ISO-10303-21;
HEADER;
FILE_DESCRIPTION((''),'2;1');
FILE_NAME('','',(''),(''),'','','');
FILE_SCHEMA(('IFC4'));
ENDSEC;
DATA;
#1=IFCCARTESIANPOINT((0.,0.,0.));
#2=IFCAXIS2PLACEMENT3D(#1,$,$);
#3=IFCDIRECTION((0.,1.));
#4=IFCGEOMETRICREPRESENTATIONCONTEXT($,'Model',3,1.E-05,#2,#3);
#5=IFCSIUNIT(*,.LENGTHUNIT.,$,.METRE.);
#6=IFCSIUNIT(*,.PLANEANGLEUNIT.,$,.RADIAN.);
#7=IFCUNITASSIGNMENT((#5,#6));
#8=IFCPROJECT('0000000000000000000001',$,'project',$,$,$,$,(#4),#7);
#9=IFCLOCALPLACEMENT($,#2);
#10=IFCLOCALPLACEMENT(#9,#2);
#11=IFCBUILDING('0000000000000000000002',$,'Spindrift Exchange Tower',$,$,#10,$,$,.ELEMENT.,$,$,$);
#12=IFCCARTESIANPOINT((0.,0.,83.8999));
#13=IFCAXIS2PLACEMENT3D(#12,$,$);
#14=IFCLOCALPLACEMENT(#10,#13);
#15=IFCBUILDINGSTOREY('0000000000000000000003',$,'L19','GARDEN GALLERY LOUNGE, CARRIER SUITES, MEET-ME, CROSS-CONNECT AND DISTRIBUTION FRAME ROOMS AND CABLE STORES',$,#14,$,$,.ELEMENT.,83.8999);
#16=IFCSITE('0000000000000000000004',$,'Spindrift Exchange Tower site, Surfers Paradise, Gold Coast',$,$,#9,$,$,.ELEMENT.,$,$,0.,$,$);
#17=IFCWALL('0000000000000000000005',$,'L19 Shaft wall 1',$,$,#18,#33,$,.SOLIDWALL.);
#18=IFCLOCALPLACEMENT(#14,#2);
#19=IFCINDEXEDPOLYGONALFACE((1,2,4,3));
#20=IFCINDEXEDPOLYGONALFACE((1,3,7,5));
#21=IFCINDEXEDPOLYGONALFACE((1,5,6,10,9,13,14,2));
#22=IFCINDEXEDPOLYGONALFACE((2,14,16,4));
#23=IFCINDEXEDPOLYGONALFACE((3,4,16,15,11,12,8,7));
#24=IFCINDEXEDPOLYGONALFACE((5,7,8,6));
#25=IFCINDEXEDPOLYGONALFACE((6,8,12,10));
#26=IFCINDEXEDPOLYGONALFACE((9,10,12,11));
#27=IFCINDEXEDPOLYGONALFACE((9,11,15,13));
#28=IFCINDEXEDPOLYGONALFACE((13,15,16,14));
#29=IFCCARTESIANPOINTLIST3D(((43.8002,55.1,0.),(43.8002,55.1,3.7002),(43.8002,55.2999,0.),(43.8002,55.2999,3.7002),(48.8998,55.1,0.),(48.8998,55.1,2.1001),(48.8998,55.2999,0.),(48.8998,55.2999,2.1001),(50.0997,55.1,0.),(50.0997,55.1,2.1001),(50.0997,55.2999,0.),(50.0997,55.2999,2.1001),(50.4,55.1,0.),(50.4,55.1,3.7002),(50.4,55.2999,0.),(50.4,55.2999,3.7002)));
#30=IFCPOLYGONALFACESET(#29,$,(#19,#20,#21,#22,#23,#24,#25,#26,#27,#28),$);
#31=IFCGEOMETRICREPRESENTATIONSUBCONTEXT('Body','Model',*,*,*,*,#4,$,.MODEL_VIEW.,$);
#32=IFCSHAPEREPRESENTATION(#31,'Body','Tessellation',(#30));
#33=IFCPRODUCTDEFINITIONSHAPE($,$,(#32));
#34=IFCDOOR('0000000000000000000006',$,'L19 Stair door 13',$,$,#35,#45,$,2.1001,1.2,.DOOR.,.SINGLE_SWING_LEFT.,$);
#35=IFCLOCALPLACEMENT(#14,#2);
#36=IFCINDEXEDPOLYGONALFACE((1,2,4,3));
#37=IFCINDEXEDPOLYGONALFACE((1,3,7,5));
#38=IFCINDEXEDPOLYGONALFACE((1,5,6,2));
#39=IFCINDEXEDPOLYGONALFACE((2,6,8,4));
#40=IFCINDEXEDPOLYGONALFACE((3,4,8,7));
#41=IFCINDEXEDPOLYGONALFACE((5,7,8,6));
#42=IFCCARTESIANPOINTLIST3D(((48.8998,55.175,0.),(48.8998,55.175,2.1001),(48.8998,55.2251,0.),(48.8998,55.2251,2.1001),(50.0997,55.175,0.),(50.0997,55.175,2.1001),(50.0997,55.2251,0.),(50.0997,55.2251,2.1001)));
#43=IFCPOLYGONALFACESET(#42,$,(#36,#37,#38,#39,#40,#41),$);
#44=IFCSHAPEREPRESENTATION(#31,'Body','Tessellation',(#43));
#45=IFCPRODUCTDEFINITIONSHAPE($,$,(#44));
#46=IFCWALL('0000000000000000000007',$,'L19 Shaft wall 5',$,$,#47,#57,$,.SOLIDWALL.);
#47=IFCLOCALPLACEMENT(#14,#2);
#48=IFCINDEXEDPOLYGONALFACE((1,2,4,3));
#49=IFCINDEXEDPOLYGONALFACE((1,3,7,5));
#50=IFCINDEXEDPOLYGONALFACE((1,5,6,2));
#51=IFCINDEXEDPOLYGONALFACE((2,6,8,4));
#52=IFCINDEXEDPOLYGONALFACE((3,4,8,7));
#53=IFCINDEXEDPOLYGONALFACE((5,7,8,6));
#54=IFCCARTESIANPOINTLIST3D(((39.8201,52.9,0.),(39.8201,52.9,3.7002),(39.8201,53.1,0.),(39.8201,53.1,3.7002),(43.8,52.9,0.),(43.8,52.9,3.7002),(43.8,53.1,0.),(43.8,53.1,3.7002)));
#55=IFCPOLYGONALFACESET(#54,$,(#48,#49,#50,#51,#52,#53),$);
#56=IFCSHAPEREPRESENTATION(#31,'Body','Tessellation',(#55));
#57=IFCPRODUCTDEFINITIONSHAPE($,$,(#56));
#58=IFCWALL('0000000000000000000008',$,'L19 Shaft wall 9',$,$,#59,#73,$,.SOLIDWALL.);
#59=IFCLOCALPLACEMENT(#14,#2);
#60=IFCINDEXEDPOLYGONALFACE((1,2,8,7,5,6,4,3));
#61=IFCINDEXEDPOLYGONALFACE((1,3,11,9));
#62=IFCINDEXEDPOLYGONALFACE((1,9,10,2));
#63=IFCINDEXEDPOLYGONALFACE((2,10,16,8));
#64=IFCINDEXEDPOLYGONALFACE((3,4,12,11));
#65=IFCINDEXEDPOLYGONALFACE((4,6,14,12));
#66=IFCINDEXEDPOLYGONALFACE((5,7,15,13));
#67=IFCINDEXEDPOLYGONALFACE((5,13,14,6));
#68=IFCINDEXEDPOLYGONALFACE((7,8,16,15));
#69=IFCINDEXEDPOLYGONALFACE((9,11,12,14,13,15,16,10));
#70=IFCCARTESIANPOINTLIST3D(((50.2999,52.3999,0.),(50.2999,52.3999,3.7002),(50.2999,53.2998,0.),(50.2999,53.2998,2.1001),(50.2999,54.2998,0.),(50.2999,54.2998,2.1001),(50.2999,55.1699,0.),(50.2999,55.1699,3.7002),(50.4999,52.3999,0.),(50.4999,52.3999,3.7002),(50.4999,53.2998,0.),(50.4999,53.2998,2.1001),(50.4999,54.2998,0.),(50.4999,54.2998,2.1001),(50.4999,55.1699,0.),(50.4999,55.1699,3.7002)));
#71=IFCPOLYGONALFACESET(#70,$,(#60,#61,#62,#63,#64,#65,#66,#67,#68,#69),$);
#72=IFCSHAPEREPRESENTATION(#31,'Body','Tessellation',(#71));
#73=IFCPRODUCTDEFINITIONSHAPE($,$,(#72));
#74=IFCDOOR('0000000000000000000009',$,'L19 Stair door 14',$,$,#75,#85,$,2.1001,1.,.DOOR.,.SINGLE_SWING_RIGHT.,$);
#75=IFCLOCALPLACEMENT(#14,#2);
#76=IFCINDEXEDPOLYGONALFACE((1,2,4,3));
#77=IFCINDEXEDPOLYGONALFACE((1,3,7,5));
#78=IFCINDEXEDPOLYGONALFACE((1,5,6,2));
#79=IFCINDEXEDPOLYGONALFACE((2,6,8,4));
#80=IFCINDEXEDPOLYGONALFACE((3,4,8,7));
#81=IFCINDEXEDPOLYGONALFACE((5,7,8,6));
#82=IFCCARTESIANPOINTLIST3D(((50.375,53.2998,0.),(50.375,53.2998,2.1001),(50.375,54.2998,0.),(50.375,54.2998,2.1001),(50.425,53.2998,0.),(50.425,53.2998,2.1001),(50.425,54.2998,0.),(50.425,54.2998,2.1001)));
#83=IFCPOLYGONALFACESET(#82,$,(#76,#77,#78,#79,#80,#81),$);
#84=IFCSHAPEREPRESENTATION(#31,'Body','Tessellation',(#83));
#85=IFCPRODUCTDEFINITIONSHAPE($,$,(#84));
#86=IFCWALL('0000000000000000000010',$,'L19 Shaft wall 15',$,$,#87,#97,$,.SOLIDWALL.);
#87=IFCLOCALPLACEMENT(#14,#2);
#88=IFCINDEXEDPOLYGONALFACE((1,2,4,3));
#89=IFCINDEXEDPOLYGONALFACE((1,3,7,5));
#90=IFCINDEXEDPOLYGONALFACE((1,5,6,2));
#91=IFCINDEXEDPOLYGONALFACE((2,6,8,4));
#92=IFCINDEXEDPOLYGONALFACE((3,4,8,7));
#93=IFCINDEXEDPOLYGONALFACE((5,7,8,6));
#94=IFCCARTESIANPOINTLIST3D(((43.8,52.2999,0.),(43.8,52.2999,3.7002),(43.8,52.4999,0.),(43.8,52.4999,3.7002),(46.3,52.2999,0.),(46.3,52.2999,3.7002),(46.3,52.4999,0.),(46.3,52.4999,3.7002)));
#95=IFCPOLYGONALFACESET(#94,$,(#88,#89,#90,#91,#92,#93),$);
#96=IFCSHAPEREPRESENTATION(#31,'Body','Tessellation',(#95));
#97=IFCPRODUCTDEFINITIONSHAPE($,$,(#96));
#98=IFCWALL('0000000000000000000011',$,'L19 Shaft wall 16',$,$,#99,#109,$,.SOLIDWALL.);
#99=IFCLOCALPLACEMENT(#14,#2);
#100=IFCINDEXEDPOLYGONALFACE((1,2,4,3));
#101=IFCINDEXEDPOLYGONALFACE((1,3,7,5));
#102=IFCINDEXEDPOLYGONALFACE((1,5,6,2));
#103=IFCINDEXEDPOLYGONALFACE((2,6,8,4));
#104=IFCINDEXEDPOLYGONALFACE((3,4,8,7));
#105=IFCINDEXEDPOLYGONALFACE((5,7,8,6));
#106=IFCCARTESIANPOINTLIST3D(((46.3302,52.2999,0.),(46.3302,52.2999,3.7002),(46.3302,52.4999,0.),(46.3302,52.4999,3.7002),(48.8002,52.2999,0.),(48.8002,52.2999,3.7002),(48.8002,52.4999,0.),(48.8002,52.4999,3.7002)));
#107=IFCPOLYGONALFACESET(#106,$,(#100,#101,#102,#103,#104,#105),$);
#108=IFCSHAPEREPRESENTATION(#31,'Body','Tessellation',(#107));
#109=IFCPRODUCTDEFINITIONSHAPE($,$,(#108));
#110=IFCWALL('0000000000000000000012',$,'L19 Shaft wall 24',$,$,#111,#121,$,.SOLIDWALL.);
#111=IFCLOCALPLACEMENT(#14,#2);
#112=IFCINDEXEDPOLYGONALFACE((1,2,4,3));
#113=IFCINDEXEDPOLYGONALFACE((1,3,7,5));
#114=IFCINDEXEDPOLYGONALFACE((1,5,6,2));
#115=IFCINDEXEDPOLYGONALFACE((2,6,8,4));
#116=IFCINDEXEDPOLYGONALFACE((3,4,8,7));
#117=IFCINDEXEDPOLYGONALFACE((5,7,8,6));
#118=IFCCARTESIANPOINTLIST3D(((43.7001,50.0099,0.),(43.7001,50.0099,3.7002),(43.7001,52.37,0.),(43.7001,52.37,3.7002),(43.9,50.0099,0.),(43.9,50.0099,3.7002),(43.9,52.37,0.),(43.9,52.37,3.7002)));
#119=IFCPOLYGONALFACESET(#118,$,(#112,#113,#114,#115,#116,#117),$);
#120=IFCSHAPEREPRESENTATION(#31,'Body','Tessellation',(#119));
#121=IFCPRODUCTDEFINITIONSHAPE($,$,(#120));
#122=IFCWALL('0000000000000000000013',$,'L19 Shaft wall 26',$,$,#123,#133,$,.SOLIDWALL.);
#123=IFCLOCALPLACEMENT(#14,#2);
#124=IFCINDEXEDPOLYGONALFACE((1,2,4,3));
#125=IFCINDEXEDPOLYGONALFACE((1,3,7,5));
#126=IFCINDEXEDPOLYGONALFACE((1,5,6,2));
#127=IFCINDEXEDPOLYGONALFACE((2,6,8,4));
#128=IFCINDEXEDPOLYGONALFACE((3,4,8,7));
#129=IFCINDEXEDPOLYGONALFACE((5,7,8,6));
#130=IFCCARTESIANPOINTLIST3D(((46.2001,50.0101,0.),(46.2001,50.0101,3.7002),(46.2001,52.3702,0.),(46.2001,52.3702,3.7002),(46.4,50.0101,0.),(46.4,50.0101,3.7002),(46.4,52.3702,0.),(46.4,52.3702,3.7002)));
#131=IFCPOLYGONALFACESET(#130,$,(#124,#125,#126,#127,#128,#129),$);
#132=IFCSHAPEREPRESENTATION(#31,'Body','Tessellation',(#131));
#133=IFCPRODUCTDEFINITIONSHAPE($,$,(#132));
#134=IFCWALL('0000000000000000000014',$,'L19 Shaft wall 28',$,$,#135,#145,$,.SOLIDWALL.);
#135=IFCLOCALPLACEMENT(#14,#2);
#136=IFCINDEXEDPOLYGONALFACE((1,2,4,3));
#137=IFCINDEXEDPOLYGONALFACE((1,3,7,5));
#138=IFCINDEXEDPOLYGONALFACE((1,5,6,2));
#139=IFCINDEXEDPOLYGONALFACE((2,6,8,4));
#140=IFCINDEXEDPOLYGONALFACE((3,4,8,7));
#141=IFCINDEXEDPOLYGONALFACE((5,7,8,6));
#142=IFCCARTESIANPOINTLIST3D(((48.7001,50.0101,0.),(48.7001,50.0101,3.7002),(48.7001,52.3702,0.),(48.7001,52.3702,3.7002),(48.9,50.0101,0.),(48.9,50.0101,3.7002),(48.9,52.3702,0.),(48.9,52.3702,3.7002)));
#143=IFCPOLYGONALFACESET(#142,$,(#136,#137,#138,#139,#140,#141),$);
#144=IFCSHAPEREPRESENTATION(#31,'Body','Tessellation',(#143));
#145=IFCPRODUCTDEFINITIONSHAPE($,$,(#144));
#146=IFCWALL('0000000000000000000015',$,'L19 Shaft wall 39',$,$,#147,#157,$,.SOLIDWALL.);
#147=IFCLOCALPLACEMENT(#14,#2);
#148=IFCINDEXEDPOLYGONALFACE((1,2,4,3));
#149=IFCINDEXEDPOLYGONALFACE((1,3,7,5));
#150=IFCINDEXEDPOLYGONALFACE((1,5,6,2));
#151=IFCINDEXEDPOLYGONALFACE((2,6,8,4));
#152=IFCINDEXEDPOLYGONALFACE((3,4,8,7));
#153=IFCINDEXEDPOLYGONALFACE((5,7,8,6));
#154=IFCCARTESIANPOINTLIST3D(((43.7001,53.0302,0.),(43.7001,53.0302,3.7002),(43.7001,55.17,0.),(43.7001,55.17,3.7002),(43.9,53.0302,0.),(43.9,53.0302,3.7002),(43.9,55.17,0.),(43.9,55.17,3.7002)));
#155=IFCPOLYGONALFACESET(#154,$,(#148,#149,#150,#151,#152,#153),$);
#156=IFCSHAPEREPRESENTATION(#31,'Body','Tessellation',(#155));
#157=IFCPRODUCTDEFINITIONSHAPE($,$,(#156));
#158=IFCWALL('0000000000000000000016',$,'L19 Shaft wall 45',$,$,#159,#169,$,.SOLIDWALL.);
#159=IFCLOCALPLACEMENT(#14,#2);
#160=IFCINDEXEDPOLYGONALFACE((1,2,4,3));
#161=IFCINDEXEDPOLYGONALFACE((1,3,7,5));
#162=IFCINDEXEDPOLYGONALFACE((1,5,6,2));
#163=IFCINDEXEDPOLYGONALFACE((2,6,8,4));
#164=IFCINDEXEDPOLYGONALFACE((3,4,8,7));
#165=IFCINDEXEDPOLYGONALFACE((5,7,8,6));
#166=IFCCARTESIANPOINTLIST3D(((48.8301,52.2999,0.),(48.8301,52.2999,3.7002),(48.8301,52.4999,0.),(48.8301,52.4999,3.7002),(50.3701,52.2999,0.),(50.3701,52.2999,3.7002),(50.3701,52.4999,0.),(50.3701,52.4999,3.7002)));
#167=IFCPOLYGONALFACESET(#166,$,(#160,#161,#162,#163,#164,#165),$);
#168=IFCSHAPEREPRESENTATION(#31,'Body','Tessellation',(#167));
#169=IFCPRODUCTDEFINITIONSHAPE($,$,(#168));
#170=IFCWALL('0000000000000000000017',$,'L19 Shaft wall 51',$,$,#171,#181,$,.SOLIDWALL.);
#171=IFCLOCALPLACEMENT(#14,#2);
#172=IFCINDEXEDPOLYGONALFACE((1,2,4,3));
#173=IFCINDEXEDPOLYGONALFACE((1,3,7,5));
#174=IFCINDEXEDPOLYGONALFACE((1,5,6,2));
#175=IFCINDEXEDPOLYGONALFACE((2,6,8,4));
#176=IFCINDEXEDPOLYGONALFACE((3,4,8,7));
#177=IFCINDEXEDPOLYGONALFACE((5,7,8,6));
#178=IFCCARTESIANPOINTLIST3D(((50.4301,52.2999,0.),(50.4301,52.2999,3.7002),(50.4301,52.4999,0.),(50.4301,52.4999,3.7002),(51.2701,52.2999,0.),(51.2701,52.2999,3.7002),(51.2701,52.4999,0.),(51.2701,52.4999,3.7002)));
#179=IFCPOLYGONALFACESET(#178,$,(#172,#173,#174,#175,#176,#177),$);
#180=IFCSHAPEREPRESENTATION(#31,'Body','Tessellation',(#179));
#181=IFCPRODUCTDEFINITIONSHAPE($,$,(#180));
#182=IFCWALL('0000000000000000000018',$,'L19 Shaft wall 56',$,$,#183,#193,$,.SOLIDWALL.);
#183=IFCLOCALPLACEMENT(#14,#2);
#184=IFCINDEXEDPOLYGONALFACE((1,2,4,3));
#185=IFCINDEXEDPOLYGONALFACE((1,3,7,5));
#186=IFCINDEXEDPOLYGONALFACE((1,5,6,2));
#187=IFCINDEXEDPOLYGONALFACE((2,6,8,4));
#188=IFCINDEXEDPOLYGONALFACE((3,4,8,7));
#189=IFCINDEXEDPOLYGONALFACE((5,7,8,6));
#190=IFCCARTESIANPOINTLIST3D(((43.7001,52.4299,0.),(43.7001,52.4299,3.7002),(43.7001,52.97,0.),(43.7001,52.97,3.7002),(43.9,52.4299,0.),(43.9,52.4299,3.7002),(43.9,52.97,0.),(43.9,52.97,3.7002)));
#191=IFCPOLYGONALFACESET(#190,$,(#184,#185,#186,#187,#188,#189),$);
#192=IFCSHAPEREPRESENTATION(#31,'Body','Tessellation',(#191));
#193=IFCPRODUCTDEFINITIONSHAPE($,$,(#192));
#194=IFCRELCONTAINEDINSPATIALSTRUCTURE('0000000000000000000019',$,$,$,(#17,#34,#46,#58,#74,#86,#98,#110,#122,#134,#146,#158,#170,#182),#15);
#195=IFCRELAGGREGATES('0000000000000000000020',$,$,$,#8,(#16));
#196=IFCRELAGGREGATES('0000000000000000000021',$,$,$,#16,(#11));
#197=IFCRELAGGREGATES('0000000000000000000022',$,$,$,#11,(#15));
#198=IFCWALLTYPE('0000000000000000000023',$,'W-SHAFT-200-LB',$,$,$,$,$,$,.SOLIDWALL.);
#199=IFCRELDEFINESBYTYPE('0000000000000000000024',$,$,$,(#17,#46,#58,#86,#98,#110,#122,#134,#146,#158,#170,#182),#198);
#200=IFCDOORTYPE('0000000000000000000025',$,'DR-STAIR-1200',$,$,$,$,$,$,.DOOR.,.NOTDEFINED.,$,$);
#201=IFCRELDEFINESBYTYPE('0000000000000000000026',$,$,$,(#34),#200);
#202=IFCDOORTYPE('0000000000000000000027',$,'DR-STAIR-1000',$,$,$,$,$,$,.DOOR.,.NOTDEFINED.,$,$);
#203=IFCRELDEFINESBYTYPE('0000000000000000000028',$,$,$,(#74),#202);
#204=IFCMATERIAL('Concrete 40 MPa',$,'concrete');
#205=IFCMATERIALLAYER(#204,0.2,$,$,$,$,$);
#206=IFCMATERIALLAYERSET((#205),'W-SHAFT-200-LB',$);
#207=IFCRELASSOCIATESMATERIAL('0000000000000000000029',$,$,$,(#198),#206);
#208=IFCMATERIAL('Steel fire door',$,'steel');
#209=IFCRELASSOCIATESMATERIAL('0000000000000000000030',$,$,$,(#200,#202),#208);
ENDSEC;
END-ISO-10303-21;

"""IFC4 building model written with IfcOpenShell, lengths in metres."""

from ifc_helpers import new_model, si_unit, direction, frame, frame_2d, origin, place, context, subcontext, project, spatial, rectangle, extrude, source, transform, mapped, material, layer, layer_set, type_object, element, fill, save


model = new_model("IFC4")

# Units and contexts
model_context = context("Model", 3, precision=1e-05, world=origin(), true_north=direction((0.0, 1.0)))
body_context = subcontext(model_context, "Body", "Model", "MODEL_VIEW")
ifc_project = project(units=[si_unit("LENGTHUNIT", "METRE"), si_unit("PLANEANGLEUNIT", "RADIAN")], contexts=[model_context])

# Site, building, storey
site_placement = place(None, origin())
site = spatial("IfcSite", under=ifc_project, at=site_placement, Name="Spindrift Exchange Tower site, Surfers Paradise, Gold Coast", CompositionType="ELEMENT", RefElevation=0.0)
building_placement = place(site_placement, origin())
building = spatial("IfcBuilding", under=site, at=building_placement, Name="Spindrift Exchange Tower", CompositionType="ELEMENT")
storey_placement = place(building_placement, frame((0.0, 0.0, 83.8999)))
storey = spatial("IfcBuildingStorey", under=building, at=storey_placement, Name="L19", Description="GARDEN GALLERY LOUNGE, CARRIER SUITES, MEET-ME, CROSS-CONNECT AND DISTRIBUTION FRAME ROOMS AND CABLE STORES", CompositionType="ELEMENT", Elevation=83.8999)

# Shared definitions
ifc_material_1 = material(Name="Concrete 40 MPa", Category="concrete")

# Wall, opening, door
ifc_layer_1 = layer(ifc_material_1, 0.2)
ifc_layer_set_1 = layer_set([ifc_layer_1], Name="W-SHAFT-200-LB")
wall_type_1 = type_object("IfcWallType", Name="W-SHAFT-200-LB", PredefinedType="SOLIDWALL", material=ifc_layer_set_1)
wall_1_placement = place(storey_placement, frame((50.3999, 55.2, 0.0), z_axis=(0.0, 0.0, 1.0), x_axis=(-1.0, 0.0, 0.0)))
wall_1 = element("IfcWall", 1, at=wall_1_placement, inside=storey, type_object=wall_type_1, Name="L19 Shaft wall 1", PredefinedType="SOLIDWALL", context=body_context, shape_type="SweptSolid", body=[
    extrude(rectangle(XDim=6.5999, YDim=0.2, at=frame_2d((3.2998, 0.0))), origin(), (0.0, 0.0, 1.0), 3.7002),
])
opening_1_placement = place(wall_1_placement, frame((0.3, 0.0, 0.0)))
opening_1 = element("IfcOpeningElement", 2, at=opening_1_placement, cuts=wall_1, PredefinedType="OPENING", context=body_context, shape_type="SweptSolid", body=[
    extrude(rectangle(XDim=1.2, YDim=2.1001, at=frame_2d((0.6001, 1.05))), frame((0.0, 0.1099, 0.0), z_axis=(0.0, -1.0, 0.0), x_axis=(1.0, 0.0, 0.0)), (0.0, 0.0, 1.0), 0.22),
])
ifc_material_2 = material(Name="Steel fire door", Category="steel")
door_type_1 = type_object("IfcDoorType", Name="DR-STAIR-1200", OperationType="NOTDEFINED", PredefinedType="DOOR", material=ifc_material_2)
shared_shape_1 = source(origin(), body_context, "Body", "SweptSolid", [
    extrude(rectangle(XDim=1.2, YDim=2.1001, at=frame_2d((0.6001, 1.05))), frame((0.0, 0.0249, 0.0), z_axis=(0.0, -1.0, 0.0), x_axis=(1.0, 0.0, 0.0)), (0.0, 0.0, 1.0), 0.05),
])
door_1_placement = place(opening_1_placement, origin())
door_1 = element("IfcDoor", 3, at=door_1_placement, inside=storey, type_object=door_type_1, Name="L19 Stair door 13", OperationType="SINGLE_SWING_LEFT", OverallHeight=2.1001, OverallWidth=1.2, PredefinedType="DOOR", context=body_context, shape_type="MappedRepresentation", body=[
    mapped(shared_shape_1, transform((0.0, 0.0, 0.0), scale=1.0)),
])
fill(opening_1, door_1)

# Wall
wall_2_placement = place(storey_placement, frame((43.8, 53.0, 0.0), z_axis=(0.0, 0.0, 1.0), x_axis=(-1.0, 0.0, 0.0)))
element("IfcWall", 4, at=wall_2_placement, inside=storey, type_object=wall_type_1, Name="L19 Shaft wall 5", PredefinedType="SOLIDWALL", context=body_context, shape_type="SweptSolid", body=[
    extrude(rectangle(XDim=3.98, YDim=0.2, at=frame_2d((1.99, 0.0))), origin(), (0.0, 0.0, 1.0), 3.7002),
])

# Wall, opening, door
wall_3_placement = place(storey_placement, frame((50.3999, 52.3999, 0.0), z_axis=(0.0, 0.0, 1.0), x_axis=(0.0, 1.0, 0.0)))
wall_3 = element("IfcWall", 5, at=wall_3_placement, inside=storey, type_object=wall_type_1, Name="L19 Shaft wall 9", PredefinedType="SOLIDWALL", context=body_context, shape_type="SweptSolid", body=[
    extrude(rectangle(XDim=2.77, YDim=0.2, at=frame_2d((1.385, 0.0))), origin(), (0.0, 0.0, 1.0), 3.7002),
])
opening_2_placement = place(wall_3_placement, frame((0.8999, 0.0, 0.0)))
opening_2 = element("IfcOpeningElement", 6, at=opening_2_placement, cuts=wall_3, PredefinedType="OPENING", context=body_context, shape_type="SweptSolid", body=[
    extrude(rectangle(XDim=1.0, YDim=2.1001, at=frame_2d((0.5, 1.05))), frame((0.0, 0.1099, 0.0), z_axis=(0.0, -1.0, 0.0), x_axis=(1.0, 0.0, 0.0)), (0.0, 0.0, 1.0), 0.22),
])
door_type_2 = type_object("IfcDoorType", Name="DR-STAIR-1000", OperationType="NOTDEFINED", PredefinedType="DOOR", material=ifc_material_2)
shared_shape_2 = source(origin(), body_context, "Body", "SweptSolid", [
    extrude(rectangle(XDim=1.0, YDim=2.1001, at=frame_2d((0.5, 1.05))), frame((0.0, 0.0249, 0.0), z_axis=(0.0, -1.0, 0.0), x_axis=(1.0, 0.0, 0.0)), (0.0, 0.0, 1.0), 0.05),
])
door_2_placement = place(opening_2_placement, origin())
door_2 = element("IfcDoor", 7, at=door_2_placement, inside=storey, type_object=door_type_2, Name="L19 Stair door 14", OperationType="SINGLE_SWING_RIGHT", OverallHeight=2.1001, OverallWidth=1.0, PredefinedType="DOOR", context=body_context, shape_type="MappedRepresentation", body=[
    mapped(shared_shape_2, transform((0.0, 0.0, 0.0), scale=1.0)),
])
fill(opening_2, door_2)

# Walls
wall_4_placement = place(storey_placement, frame((46.3, 52.3999, 0.0), z_axis=(0.0, 0.0, 1.0), x_axis=(-1.0, 0.0, 0.0)))
element("IfcWall", 8, at=wall_4_placement, inside=storey, type_object=wall_type_1, Name="L19 Shaft wall 15", PredefinedType="SOLIDWALL", context=body_context, shape_type="SweptSolid", body=[
    extrude(rectangle(XDim=2.5, YDim=0.2, at=frame_2d((1.25, 0.0))), origin(), (0.0, 0.0, 1.0), 3.7002),
])
wall_5_placement = place(storey_placement, frame((48.8, 52.3999, 0.0), z_axis=(0.0, 0.0, 1.0), x_axis=(-1.0, 0.0, 0.0)))
element("IfcWall", 9, at=wall_5_placement, inside=storey, type_object=wall_type_1, Name="L19 Shaft wall 16", PredefinedType="SOLIDWALL", context=body_context, shape_type="SweptSolid", body=[
    extrude(rectangle(XDim=2.47, YDim=0.2, at=frame_2d((1.2349, 0.0))), origin(), (0.0, 0.0, 1.0), 3.7002),
])
for number, where, z_axis, x_axis, name in (
    (10, (43.8, 52.3701, 0.0), (0.0, 0.0, 1.0), (0.0, -1.0, 0.0), "L19 Shaft wall 24"),
    (11, (46.3, 50.01, 0.0), (0.0, 0.0, 1.0), (0.0, 1.0, 0.0), "L19 Shaft wall 26"),
    (12, (48.8, 50.01, 0.0), (0.0, 0.0, 1.0), (0.0, 1.0, 0.0), "L19 Shaft wall 28"),
):
    element("IfcWall", number, at=place(storey_placement, frame(where, z_axis=z_axis, x_axis=x_axis)), inside=storey, type_object=wall_type_1, Name=name, PredefinedType="SOLIDWALL", context=body_context, shape_type="SweptSolid", body=[
        extrude(rectangle(XDim=2.3601, YDim=0.2, at=frame_2d((1.1802, 0.0))), origin(), (0.0, 0.0, 1.0), 3.7002),
    ])
wall_6_placement = place(storey_placement, frame((43.8, 55.1699, 0.0), z_axis=(0.0, 0.0, 1.0), x_axis=(0.0, -1.0, 0.0)))
element("IfcWall", 13, at=wall_6_placement, inside=storey, type_object=wall_type_1, Name="L19 Shaft wall 39", PredefinedType="SOLIDWALL", context=body_context, shape_type="SweptSolid", body=[
    extrude(rectangle(XDim=2.1399, YDim=0.2, at=frame_2d((1.0698, 0.0))), origin(), (0.0, 0.0, 1.0), 3.7002),
])
wall_7_placement = place(storey_placement, frame((50.3701, 52.3999, 0.0), z_axis=(0.0, 0.0, 1.0), x_axis=(-1.0, 0.0, 0.0)))
element("IfcWall", 14, at=wall_7_placement, inside=storey, type_object=wall_type_1, Name="L19 Shaft wall 45", PredefinedType="SOLIDWALL", context=body_context, shape_type="SweptSolid", body=[
    extrude(rectangle(XDim=1.54, YDim=0.2, at=frame_2d((0.77, 0.0))), origin(), (0.0, 0.0, 1.0), 3.7002),
])
wall_8_placement = place(storey_placement, frame((51.27, 52.3999, 0.0), z_axis=(0.0, 0.0, 1.0), x_axis=(-1.0, 0.0, 0.0)))
element("IfcWall", 15, at=wall_8_placement, inside=storey, type_object=wall_type_1, Name="L19 Shaft wall 51", PredefinedType="SOLIDWALL", context=body_context, shape_type="SweptSolid", body=[
    extrude(rectangle(XDim=0.8401, YDim=0.2, at=frame_2d((0.4199, 0.0))), origin(), (0.0, 0.0, 1.0), 3.7002),
])
wall_9_placement = place(storey_placement, frame((43.8, 52.4299, 0.0), z_axis=(0.0, 0.0, 1.0), x_axis=(0.0, 1.0, 0.0)))
element("IfcWall", 16, at=wall_9_placement, inside=storey, type_object=wall_type_1, Name="L19 Shaft wall 56", PredefinedType="SOLIDWALL", context=body_context, shape_type="SweptSolid", body=[
    extrude(rectangle(XDim=0.54, YDim=0.2, at=frame_2d((0.27, 0.0))), origin(), (0.0, 0.0, 1.0), 3.7002),
])

save(model, "model.ifc")
